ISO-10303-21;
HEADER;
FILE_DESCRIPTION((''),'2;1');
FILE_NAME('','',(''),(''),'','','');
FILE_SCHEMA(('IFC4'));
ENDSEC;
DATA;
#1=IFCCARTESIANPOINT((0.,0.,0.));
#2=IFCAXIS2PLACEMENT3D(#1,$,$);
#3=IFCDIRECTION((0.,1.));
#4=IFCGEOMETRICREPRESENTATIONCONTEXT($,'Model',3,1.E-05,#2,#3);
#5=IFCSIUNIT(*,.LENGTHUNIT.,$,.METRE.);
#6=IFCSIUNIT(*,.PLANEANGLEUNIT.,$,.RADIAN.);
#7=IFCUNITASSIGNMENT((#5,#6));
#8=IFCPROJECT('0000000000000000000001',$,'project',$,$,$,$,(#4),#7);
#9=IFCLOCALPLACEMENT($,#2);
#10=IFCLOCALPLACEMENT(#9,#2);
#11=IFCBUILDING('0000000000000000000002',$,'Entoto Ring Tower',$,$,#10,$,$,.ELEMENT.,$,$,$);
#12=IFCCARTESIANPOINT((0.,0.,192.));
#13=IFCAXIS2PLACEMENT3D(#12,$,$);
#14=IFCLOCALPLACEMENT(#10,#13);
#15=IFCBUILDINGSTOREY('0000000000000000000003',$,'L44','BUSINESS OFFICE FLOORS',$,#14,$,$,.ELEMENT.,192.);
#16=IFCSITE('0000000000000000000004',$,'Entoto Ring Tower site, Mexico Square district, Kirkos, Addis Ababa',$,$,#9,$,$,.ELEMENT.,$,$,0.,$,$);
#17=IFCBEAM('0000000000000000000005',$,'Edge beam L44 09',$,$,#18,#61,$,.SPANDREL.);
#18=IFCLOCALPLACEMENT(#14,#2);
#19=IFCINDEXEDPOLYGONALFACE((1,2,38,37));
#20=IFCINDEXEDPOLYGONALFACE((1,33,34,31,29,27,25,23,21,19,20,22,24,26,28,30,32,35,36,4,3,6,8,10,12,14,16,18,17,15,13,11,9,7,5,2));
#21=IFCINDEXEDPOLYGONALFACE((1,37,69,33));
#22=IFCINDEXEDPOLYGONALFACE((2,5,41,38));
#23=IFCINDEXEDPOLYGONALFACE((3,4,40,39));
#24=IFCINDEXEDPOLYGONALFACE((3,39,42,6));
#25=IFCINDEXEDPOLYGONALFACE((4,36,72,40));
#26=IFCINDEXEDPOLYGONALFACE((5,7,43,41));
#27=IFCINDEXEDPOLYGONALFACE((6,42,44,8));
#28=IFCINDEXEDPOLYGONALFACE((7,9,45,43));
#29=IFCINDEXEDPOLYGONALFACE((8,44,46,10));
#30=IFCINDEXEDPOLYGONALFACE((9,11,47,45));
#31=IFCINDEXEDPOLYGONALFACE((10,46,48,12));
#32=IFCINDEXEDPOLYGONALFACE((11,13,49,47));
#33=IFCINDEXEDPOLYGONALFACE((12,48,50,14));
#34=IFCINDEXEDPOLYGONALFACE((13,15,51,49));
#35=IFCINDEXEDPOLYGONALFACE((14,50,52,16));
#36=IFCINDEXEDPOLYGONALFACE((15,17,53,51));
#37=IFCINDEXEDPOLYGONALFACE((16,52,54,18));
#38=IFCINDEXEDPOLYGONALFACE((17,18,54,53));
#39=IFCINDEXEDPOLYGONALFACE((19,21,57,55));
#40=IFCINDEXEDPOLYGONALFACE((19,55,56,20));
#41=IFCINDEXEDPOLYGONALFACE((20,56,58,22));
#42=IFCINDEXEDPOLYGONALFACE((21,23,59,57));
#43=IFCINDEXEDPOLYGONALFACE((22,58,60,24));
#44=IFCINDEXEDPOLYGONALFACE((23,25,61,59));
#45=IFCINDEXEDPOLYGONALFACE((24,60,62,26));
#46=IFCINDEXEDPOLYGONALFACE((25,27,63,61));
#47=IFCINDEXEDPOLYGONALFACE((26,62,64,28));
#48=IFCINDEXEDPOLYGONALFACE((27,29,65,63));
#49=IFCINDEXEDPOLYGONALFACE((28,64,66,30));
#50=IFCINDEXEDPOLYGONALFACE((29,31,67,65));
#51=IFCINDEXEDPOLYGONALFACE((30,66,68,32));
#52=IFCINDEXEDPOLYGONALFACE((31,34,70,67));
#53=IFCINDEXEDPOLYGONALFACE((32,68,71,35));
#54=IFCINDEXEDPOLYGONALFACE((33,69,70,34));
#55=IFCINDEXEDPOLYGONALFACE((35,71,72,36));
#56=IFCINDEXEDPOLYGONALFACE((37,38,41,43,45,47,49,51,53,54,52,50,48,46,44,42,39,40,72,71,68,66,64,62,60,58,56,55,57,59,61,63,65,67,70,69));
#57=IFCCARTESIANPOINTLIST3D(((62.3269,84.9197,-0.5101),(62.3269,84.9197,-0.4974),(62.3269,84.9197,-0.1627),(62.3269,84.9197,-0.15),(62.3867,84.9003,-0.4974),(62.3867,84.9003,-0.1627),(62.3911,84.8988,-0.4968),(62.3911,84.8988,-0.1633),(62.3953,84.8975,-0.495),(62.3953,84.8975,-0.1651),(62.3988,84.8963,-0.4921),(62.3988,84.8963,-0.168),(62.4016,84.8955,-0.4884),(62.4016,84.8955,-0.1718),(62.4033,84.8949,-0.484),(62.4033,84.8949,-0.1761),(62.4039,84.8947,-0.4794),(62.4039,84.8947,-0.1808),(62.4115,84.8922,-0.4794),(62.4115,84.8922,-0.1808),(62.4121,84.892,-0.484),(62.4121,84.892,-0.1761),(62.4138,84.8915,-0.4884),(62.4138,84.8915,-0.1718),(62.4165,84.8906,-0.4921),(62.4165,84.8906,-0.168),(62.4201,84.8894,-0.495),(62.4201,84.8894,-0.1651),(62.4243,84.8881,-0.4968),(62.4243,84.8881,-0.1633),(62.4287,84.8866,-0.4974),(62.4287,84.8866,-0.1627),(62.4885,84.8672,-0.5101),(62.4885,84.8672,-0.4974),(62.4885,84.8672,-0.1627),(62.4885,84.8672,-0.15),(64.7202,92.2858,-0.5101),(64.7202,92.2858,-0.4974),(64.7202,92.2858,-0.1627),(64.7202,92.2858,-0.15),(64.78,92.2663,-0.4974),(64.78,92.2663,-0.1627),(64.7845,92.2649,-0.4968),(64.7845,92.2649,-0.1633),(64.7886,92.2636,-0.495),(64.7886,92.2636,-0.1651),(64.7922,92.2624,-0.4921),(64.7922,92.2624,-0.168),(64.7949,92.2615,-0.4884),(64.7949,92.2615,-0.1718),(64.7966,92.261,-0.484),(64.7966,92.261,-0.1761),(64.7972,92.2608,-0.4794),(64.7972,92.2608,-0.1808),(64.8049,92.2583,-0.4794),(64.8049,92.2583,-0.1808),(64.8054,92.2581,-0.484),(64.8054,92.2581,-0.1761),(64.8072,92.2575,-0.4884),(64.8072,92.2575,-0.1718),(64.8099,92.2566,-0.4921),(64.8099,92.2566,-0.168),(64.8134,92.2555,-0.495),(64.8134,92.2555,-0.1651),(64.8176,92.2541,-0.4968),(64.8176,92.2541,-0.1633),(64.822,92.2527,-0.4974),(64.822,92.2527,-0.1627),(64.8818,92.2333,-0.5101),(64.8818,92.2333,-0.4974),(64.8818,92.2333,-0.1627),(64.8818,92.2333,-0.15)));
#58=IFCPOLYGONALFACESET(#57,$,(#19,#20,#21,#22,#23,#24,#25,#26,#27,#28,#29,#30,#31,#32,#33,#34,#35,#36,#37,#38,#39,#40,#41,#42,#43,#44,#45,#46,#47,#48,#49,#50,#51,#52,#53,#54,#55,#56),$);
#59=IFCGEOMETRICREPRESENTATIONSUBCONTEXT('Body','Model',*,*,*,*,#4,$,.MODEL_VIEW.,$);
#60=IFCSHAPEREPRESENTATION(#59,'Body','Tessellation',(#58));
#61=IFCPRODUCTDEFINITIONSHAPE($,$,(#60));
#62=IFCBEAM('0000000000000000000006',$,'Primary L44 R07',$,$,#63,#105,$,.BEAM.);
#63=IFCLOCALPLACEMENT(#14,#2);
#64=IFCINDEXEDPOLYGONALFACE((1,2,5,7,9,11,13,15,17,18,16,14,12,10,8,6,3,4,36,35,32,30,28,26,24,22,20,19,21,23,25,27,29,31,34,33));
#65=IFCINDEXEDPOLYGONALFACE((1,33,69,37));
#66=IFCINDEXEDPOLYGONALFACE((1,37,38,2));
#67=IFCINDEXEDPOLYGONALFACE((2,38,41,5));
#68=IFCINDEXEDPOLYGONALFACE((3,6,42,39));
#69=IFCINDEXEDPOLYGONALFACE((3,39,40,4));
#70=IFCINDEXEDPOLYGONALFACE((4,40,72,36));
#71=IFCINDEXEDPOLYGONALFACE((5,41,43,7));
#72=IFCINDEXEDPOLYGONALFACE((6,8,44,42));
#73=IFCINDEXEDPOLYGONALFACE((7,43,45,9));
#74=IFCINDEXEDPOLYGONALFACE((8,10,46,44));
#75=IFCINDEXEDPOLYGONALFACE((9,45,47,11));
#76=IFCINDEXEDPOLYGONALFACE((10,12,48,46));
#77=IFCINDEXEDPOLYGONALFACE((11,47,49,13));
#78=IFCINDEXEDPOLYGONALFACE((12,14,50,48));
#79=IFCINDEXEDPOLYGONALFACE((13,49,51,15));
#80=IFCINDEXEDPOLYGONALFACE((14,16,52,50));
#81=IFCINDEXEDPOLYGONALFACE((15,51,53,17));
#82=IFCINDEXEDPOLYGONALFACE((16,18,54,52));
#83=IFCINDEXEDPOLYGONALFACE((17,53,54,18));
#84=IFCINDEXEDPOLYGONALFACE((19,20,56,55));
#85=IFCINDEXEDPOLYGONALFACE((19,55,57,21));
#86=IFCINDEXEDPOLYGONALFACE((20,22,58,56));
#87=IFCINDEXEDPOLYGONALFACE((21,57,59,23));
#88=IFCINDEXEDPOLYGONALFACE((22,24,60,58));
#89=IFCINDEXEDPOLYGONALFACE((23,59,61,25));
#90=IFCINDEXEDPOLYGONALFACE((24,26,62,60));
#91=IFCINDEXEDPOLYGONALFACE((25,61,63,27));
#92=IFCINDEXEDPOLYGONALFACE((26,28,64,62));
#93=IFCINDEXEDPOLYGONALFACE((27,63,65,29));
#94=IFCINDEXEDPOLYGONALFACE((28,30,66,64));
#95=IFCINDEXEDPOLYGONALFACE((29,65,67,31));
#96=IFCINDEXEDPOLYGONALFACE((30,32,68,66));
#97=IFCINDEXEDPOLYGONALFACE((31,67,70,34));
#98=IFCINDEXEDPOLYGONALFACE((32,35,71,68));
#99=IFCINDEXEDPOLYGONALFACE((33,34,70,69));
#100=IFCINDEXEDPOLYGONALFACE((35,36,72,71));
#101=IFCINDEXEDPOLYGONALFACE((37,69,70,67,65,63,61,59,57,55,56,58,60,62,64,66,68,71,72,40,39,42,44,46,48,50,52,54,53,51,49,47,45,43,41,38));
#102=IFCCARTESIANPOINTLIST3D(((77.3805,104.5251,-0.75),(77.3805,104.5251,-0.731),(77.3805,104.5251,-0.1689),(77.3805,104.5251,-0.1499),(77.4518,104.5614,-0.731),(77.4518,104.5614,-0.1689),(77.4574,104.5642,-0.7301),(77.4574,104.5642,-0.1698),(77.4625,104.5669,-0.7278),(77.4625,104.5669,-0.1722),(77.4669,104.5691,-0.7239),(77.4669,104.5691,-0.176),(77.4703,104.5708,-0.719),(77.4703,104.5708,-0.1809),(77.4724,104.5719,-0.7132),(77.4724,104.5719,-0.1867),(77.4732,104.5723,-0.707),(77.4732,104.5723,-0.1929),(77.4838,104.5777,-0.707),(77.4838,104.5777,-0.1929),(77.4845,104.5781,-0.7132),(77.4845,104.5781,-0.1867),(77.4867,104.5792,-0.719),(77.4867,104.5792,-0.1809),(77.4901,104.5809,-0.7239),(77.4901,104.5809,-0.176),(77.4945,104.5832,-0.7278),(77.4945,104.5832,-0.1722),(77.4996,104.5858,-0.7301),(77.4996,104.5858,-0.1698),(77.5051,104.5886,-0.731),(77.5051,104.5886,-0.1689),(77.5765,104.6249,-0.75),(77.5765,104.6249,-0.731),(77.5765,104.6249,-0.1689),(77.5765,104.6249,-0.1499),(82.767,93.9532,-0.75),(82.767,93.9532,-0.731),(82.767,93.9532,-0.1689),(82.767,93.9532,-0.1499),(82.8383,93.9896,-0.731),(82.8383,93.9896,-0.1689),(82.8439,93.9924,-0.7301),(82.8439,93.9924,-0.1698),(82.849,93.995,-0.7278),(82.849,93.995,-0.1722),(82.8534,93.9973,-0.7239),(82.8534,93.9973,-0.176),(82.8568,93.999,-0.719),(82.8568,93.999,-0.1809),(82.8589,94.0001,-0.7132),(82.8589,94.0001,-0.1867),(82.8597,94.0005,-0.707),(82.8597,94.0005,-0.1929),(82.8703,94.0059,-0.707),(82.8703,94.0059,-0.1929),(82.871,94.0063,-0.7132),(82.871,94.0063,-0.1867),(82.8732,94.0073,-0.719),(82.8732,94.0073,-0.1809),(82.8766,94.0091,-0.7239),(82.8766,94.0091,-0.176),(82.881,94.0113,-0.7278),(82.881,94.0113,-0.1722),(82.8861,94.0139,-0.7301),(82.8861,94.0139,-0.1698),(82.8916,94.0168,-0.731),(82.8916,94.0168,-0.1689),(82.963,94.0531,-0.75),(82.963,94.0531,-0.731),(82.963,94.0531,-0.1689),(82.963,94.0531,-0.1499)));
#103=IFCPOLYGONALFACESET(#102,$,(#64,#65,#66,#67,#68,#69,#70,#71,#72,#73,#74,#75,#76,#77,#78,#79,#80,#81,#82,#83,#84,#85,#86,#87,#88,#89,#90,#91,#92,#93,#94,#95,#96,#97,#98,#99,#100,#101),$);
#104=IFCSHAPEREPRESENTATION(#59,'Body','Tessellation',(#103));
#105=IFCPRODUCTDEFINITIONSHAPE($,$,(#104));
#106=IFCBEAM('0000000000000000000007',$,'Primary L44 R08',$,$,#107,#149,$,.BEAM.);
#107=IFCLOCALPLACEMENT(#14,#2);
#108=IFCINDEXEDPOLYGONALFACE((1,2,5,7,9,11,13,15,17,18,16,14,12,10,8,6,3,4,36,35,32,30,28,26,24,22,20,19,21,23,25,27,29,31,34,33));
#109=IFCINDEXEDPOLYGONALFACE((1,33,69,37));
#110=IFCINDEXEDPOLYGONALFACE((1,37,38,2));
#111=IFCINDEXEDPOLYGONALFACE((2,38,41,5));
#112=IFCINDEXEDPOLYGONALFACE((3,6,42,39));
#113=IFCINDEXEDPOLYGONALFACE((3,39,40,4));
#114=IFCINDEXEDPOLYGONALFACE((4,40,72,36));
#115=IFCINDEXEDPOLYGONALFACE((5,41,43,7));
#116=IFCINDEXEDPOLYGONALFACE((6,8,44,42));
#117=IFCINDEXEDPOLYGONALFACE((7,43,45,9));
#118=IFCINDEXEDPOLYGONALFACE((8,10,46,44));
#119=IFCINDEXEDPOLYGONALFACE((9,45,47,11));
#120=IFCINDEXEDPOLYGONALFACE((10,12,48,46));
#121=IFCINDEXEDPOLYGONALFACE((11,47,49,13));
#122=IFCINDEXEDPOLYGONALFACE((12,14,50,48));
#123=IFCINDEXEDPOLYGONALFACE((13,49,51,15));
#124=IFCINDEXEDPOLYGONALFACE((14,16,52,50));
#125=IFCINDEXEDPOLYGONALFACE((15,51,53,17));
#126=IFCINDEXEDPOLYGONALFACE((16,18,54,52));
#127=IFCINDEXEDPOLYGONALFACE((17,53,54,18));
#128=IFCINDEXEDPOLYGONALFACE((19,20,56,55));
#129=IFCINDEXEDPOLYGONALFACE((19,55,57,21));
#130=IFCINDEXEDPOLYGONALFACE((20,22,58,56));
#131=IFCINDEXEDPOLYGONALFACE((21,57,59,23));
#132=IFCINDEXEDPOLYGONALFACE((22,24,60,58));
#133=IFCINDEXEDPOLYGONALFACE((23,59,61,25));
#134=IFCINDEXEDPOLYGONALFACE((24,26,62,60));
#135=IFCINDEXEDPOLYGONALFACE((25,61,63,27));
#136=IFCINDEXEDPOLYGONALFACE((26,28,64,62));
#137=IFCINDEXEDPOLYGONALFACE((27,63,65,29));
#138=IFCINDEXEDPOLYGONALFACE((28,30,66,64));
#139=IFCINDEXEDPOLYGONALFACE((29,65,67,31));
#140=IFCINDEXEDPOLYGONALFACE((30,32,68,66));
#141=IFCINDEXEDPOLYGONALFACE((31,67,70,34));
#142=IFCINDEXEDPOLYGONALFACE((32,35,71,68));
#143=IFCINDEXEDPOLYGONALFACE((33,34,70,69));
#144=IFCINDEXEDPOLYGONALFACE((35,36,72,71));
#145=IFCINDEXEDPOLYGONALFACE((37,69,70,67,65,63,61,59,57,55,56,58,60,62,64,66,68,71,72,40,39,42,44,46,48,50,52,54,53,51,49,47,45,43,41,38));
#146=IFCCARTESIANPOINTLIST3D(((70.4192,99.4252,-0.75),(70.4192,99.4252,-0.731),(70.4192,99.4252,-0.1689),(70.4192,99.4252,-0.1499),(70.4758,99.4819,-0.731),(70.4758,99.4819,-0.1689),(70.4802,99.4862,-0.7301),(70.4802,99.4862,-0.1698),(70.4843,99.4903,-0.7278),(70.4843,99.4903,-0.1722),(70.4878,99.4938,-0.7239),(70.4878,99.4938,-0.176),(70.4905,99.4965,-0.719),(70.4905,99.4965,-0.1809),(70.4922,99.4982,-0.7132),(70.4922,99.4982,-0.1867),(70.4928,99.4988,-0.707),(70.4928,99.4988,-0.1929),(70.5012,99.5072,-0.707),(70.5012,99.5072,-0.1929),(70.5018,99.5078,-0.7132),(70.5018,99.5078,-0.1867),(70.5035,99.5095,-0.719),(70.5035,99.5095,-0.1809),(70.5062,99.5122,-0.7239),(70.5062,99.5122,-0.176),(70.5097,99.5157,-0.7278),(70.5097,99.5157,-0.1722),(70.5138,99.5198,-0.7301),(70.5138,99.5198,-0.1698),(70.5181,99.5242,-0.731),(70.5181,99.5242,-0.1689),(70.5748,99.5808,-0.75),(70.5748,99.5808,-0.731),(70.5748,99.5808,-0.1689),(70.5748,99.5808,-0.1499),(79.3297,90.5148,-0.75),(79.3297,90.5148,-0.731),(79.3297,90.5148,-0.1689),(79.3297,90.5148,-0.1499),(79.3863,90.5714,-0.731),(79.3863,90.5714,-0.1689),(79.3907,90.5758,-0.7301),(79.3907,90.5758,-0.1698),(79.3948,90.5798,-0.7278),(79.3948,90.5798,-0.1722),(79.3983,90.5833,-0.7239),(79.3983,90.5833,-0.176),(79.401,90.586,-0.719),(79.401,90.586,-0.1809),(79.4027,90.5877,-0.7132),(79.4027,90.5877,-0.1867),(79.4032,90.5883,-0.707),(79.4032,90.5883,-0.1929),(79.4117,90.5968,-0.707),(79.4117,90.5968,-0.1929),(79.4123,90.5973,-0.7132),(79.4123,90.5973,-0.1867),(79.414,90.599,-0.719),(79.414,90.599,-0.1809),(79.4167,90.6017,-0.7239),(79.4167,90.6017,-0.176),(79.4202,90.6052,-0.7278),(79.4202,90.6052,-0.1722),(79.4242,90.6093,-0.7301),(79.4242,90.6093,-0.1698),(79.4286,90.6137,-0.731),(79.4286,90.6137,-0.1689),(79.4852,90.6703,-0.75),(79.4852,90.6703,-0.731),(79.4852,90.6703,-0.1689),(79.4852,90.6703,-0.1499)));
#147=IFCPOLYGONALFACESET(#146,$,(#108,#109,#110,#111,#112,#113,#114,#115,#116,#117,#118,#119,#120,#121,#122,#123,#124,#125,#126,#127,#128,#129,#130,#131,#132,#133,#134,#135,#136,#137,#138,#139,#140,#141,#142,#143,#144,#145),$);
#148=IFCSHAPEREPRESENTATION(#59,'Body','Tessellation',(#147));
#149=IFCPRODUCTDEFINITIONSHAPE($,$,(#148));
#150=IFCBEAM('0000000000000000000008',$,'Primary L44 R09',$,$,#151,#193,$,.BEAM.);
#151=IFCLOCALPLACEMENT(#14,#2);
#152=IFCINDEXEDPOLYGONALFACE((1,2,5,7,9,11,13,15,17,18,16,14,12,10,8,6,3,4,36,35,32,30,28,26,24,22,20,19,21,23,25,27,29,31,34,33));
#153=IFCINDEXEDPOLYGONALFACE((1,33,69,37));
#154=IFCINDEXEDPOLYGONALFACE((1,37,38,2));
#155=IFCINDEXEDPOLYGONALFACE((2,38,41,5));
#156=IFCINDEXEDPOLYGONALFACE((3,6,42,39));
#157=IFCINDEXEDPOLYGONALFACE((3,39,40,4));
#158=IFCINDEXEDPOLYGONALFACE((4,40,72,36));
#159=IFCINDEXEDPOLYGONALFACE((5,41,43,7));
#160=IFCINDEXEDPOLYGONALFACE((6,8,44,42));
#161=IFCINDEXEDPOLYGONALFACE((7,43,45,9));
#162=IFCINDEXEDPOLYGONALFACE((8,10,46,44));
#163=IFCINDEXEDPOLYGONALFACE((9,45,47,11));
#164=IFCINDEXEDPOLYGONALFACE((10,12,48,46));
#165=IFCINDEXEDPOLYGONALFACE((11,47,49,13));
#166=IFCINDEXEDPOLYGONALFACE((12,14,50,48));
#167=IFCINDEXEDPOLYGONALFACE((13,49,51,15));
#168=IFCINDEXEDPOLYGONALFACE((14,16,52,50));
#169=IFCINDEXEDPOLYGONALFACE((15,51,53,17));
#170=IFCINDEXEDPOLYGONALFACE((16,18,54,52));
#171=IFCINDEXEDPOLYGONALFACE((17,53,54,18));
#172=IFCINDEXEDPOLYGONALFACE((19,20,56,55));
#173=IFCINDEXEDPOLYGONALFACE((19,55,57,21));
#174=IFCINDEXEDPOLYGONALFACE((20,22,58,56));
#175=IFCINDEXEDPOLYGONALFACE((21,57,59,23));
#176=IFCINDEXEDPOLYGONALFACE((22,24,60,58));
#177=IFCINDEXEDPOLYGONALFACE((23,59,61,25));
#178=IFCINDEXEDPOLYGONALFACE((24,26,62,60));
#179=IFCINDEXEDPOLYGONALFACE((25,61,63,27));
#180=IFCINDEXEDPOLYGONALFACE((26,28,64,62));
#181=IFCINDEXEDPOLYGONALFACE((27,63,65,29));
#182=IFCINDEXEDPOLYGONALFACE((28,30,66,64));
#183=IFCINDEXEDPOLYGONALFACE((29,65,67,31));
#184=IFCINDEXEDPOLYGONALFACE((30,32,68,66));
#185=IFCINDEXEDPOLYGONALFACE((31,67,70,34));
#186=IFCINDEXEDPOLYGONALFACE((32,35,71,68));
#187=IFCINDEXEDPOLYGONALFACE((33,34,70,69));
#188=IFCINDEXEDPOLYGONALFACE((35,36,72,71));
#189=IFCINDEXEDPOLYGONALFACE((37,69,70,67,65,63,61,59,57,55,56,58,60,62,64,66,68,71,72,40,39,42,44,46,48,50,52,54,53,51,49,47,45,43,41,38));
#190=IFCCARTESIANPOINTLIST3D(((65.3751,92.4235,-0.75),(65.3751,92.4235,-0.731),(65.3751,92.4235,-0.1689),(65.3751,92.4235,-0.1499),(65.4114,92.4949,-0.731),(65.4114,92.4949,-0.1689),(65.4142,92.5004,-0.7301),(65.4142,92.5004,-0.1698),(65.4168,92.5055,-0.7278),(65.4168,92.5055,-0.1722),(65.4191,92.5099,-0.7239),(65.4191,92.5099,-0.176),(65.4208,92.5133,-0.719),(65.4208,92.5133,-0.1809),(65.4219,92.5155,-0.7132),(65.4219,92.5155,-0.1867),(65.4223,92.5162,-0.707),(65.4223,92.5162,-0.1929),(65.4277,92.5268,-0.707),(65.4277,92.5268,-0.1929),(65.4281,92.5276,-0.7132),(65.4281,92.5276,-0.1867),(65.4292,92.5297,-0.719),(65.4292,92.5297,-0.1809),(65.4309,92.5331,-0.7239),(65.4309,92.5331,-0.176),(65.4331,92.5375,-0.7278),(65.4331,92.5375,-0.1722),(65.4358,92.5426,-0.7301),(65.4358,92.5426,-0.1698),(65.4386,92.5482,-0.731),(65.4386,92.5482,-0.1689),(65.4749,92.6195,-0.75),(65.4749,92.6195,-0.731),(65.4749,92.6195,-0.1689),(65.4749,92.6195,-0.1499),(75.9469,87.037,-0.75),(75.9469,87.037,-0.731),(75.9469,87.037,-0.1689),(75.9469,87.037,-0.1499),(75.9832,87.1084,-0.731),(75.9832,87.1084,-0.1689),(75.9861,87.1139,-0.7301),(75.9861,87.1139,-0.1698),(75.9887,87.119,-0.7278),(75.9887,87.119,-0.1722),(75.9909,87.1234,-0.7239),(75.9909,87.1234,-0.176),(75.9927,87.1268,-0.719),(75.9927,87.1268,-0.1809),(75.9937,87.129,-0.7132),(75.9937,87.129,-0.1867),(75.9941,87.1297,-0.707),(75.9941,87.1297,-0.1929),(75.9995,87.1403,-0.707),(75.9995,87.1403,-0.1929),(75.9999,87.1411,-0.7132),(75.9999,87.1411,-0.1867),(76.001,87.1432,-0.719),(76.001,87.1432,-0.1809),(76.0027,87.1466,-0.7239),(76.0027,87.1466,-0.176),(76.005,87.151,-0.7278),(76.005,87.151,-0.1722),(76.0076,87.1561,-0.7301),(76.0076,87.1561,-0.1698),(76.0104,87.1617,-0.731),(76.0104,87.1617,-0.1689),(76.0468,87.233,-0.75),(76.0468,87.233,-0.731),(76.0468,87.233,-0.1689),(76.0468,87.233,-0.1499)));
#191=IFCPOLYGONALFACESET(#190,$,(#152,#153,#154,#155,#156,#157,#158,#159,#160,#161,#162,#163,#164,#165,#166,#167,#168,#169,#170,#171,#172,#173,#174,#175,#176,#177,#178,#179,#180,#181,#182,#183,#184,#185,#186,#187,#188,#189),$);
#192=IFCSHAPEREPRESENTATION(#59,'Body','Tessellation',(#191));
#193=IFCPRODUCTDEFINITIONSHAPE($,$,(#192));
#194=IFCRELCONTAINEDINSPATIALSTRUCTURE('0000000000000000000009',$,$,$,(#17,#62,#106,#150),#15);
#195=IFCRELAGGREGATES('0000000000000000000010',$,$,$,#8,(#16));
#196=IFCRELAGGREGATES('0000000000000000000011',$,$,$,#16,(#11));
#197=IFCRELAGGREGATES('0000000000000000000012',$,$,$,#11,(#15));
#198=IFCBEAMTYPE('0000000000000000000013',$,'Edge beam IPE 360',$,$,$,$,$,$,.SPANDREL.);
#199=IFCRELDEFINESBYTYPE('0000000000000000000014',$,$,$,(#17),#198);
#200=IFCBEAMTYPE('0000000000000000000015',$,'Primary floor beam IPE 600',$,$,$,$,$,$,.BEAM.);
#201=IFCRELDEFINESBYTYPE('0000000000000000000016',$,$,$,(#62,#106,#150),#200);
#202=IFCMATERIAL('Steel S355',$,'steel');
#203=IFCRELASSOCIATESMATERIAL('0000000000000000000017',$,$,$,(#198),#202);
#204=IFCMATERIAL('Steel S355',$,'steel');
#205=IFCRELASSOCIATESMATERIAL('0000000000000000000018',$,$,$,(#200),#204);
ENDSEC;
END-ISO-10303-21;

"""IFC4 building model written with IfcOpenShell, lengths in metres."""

from ifc_helpers import new_model, si_unit, direction, frame, origin, origin_2d, place, context, subcontext, project, spatial, i_section, extrude, material, material_profile, profile_set, type_object, element, save


model = new_model("IFC4")

# Units and contexts
model_context = context("Model", 3, precision=1e-05, world=origin(), true_north=direction((0.0, 1.0)))
body_context = subcontext(model_context, "Body", "Model", "MODEL_VIEW")
ifc_project = project(units=[si_unit("LENGTHUNIT", "METRE"), si_unit("PLANEANGLEUNIT", "RADIAN")], contexts=[model_context])

# Site, building, storey
site_placement = place(None, origin())
site = spatial("IfcSite", under=ifc_project, at=site_placement, Name="Entoto Ring Tower site, Mexico Square district, Kirkos, Addis Ababa", CompositionType="ELEMENT", RefElevation=0.0)
building_placement = place(site_placement, origin())
building = spatial("IfcBuilding", under=site, at=building_placement, Name="Entoto Ring Tower", CompositionType="ELEMENT")
storey_placement = place(building_placement, frame((0.0, 0.0, 192.0)))
storey = spatial("IfcBuildingStorey", under=building, at=storey_placement, Name="L44", Description="BUSINESS OFFICE FLOORS", CompositionType="ELEMENT", Elevation=192.0)

# Beams
ifc_material_1 = material(Name="Steel S355", Category="steel")
ifc_material_profile_1 = material_profile(ifc_material_1, i_section(OverallWidth=0.1699, OverallDepth=0.3601, WebThickness=0.0081, FlangeThickness=0.0127, FilletRadius=0.0181, at=origin_2d()), Name="IPE 360")
ifc_profile_set_1 = profile_set([ifc_material_profile_1], Name="Steel S355")
beam_type_1 = type_object("IfcBeamType", Name="Edge beam IPE 360", PredefinedType="SPANDREL", material=ifc_profile_set_1)
for number, where, z_axis, x_axis, name in (
    (1, (64.801, 92.2595, -0.3301), (-0.309013, -0.951058, 0.0), (0.951058, -0.309013, 0.0), "Edge beam L44 09"),
):
    element("IfcBeam", number, at=place(storey_placement, frame(where, z_axis=z_axis, x_axis=x_axis)), inside=storey, type_object=beam_type_1, Name=name, PredefinedType="SPANDREL", context=body_context, shape_type="SweptSolid", body=[
        extrude(i_section(OverallWidth=0.1699, OverallDepth=0.3601, WebThickness=0.0081, FlangeThickness=0.0127, FilletRadius=0.0181, at=origin_2d()), origin(), (0.0, 0.0, 1.0), 7.7451),
    ])
ifc_material_2 = material(Name="Steel S355", Category="steel")
ifc_material_profile_2 = material_profile(ifc_material_2, i_section(OverallWidth=0.22, OverallDepth=0.6001, WebThickness=0.012, FlangeThickness=0.019, FilletRadius=0.0239, at=origin_2d()), Name="IPE 600")
ifc_profile_set_2 = profile_set([ifc_material_profile_2], Name="Steel S355")
beam_type_2 = type_object("IfcBeamType", Name="Primary floor beam IPE 600", PredefinedType="BEAM", material=ifc_profile_set_2)
beam_1_placement = place(storey_placement, frame((82.865, 94.0032, -0.45), z_axis=(-0.453983, 0.89101, 0.0), x_axis=(-0.89101, -0.453983, 0.0)))
element("IfcBeam", 2, at=beam_1_placement, inside=storey, type_object=beam_type_2, Name="Primary L44 R07", PredefinedType="BEAM", context=body_context, shape_type="SweptSolid", body=[
    extrude(i_section(OverallWidth=0.22, OverallDepth=0.6001, WebThickness=0.012, FlangeThickness=0.019, FilletRadius=0.0239, at=origin_2d()), origin(), (0.0, 0.0, 1.0), 11.865),
])
beam_2_placement = place(storey_placement, frame((79.4075, 90.5925, -0.45), z_axis=(-0.707107, 0.707107, 0.0), x_axis=(-0.707107, -0.707107, 0.0)))
element("IfcBeam", 3, at=beam_2_placement, inside=storey, type_object=beam_type_2, Name="Primary L44 R08", PredefinedType="BEAM", context=body_context, shape_type="SweptSolid", body=[
    extrude(i_section(OverallWidth=0.22, OverallDepth=0.6001, WebThickness=0.012, FlangeThickness=0.019, FilletRadius=0.0239, at=origin_2d()), origin(), (0.0, 0.0, 1.0), 12.6013),
])
beam_3_placement = place(storey_placement, frame((75.9968, 87.135, -0.45), z_axis=(-0.89101, 0.453983, 0.0), x_axis=(-0.453983, -0.89101, 0.0)))
element("IfcBeam", 4, at=beam_3_placement, inside=storey, type_object=beam_type_2, Name="Primary L44 R09", PredefinedType="BEAM", context=body_context, shape_type="SweptSolid", body=[
    extrude(i_section(OverallWidth=0.22, OverallDepth=0.6001, WebThickness=0.012, FlangeThickness=0.019, FilletRadius=0.0239, at=origin_2d()), origin(), (0.0, 0.0, 1.0), 11.865),
])

save(model, "model.ifc")
